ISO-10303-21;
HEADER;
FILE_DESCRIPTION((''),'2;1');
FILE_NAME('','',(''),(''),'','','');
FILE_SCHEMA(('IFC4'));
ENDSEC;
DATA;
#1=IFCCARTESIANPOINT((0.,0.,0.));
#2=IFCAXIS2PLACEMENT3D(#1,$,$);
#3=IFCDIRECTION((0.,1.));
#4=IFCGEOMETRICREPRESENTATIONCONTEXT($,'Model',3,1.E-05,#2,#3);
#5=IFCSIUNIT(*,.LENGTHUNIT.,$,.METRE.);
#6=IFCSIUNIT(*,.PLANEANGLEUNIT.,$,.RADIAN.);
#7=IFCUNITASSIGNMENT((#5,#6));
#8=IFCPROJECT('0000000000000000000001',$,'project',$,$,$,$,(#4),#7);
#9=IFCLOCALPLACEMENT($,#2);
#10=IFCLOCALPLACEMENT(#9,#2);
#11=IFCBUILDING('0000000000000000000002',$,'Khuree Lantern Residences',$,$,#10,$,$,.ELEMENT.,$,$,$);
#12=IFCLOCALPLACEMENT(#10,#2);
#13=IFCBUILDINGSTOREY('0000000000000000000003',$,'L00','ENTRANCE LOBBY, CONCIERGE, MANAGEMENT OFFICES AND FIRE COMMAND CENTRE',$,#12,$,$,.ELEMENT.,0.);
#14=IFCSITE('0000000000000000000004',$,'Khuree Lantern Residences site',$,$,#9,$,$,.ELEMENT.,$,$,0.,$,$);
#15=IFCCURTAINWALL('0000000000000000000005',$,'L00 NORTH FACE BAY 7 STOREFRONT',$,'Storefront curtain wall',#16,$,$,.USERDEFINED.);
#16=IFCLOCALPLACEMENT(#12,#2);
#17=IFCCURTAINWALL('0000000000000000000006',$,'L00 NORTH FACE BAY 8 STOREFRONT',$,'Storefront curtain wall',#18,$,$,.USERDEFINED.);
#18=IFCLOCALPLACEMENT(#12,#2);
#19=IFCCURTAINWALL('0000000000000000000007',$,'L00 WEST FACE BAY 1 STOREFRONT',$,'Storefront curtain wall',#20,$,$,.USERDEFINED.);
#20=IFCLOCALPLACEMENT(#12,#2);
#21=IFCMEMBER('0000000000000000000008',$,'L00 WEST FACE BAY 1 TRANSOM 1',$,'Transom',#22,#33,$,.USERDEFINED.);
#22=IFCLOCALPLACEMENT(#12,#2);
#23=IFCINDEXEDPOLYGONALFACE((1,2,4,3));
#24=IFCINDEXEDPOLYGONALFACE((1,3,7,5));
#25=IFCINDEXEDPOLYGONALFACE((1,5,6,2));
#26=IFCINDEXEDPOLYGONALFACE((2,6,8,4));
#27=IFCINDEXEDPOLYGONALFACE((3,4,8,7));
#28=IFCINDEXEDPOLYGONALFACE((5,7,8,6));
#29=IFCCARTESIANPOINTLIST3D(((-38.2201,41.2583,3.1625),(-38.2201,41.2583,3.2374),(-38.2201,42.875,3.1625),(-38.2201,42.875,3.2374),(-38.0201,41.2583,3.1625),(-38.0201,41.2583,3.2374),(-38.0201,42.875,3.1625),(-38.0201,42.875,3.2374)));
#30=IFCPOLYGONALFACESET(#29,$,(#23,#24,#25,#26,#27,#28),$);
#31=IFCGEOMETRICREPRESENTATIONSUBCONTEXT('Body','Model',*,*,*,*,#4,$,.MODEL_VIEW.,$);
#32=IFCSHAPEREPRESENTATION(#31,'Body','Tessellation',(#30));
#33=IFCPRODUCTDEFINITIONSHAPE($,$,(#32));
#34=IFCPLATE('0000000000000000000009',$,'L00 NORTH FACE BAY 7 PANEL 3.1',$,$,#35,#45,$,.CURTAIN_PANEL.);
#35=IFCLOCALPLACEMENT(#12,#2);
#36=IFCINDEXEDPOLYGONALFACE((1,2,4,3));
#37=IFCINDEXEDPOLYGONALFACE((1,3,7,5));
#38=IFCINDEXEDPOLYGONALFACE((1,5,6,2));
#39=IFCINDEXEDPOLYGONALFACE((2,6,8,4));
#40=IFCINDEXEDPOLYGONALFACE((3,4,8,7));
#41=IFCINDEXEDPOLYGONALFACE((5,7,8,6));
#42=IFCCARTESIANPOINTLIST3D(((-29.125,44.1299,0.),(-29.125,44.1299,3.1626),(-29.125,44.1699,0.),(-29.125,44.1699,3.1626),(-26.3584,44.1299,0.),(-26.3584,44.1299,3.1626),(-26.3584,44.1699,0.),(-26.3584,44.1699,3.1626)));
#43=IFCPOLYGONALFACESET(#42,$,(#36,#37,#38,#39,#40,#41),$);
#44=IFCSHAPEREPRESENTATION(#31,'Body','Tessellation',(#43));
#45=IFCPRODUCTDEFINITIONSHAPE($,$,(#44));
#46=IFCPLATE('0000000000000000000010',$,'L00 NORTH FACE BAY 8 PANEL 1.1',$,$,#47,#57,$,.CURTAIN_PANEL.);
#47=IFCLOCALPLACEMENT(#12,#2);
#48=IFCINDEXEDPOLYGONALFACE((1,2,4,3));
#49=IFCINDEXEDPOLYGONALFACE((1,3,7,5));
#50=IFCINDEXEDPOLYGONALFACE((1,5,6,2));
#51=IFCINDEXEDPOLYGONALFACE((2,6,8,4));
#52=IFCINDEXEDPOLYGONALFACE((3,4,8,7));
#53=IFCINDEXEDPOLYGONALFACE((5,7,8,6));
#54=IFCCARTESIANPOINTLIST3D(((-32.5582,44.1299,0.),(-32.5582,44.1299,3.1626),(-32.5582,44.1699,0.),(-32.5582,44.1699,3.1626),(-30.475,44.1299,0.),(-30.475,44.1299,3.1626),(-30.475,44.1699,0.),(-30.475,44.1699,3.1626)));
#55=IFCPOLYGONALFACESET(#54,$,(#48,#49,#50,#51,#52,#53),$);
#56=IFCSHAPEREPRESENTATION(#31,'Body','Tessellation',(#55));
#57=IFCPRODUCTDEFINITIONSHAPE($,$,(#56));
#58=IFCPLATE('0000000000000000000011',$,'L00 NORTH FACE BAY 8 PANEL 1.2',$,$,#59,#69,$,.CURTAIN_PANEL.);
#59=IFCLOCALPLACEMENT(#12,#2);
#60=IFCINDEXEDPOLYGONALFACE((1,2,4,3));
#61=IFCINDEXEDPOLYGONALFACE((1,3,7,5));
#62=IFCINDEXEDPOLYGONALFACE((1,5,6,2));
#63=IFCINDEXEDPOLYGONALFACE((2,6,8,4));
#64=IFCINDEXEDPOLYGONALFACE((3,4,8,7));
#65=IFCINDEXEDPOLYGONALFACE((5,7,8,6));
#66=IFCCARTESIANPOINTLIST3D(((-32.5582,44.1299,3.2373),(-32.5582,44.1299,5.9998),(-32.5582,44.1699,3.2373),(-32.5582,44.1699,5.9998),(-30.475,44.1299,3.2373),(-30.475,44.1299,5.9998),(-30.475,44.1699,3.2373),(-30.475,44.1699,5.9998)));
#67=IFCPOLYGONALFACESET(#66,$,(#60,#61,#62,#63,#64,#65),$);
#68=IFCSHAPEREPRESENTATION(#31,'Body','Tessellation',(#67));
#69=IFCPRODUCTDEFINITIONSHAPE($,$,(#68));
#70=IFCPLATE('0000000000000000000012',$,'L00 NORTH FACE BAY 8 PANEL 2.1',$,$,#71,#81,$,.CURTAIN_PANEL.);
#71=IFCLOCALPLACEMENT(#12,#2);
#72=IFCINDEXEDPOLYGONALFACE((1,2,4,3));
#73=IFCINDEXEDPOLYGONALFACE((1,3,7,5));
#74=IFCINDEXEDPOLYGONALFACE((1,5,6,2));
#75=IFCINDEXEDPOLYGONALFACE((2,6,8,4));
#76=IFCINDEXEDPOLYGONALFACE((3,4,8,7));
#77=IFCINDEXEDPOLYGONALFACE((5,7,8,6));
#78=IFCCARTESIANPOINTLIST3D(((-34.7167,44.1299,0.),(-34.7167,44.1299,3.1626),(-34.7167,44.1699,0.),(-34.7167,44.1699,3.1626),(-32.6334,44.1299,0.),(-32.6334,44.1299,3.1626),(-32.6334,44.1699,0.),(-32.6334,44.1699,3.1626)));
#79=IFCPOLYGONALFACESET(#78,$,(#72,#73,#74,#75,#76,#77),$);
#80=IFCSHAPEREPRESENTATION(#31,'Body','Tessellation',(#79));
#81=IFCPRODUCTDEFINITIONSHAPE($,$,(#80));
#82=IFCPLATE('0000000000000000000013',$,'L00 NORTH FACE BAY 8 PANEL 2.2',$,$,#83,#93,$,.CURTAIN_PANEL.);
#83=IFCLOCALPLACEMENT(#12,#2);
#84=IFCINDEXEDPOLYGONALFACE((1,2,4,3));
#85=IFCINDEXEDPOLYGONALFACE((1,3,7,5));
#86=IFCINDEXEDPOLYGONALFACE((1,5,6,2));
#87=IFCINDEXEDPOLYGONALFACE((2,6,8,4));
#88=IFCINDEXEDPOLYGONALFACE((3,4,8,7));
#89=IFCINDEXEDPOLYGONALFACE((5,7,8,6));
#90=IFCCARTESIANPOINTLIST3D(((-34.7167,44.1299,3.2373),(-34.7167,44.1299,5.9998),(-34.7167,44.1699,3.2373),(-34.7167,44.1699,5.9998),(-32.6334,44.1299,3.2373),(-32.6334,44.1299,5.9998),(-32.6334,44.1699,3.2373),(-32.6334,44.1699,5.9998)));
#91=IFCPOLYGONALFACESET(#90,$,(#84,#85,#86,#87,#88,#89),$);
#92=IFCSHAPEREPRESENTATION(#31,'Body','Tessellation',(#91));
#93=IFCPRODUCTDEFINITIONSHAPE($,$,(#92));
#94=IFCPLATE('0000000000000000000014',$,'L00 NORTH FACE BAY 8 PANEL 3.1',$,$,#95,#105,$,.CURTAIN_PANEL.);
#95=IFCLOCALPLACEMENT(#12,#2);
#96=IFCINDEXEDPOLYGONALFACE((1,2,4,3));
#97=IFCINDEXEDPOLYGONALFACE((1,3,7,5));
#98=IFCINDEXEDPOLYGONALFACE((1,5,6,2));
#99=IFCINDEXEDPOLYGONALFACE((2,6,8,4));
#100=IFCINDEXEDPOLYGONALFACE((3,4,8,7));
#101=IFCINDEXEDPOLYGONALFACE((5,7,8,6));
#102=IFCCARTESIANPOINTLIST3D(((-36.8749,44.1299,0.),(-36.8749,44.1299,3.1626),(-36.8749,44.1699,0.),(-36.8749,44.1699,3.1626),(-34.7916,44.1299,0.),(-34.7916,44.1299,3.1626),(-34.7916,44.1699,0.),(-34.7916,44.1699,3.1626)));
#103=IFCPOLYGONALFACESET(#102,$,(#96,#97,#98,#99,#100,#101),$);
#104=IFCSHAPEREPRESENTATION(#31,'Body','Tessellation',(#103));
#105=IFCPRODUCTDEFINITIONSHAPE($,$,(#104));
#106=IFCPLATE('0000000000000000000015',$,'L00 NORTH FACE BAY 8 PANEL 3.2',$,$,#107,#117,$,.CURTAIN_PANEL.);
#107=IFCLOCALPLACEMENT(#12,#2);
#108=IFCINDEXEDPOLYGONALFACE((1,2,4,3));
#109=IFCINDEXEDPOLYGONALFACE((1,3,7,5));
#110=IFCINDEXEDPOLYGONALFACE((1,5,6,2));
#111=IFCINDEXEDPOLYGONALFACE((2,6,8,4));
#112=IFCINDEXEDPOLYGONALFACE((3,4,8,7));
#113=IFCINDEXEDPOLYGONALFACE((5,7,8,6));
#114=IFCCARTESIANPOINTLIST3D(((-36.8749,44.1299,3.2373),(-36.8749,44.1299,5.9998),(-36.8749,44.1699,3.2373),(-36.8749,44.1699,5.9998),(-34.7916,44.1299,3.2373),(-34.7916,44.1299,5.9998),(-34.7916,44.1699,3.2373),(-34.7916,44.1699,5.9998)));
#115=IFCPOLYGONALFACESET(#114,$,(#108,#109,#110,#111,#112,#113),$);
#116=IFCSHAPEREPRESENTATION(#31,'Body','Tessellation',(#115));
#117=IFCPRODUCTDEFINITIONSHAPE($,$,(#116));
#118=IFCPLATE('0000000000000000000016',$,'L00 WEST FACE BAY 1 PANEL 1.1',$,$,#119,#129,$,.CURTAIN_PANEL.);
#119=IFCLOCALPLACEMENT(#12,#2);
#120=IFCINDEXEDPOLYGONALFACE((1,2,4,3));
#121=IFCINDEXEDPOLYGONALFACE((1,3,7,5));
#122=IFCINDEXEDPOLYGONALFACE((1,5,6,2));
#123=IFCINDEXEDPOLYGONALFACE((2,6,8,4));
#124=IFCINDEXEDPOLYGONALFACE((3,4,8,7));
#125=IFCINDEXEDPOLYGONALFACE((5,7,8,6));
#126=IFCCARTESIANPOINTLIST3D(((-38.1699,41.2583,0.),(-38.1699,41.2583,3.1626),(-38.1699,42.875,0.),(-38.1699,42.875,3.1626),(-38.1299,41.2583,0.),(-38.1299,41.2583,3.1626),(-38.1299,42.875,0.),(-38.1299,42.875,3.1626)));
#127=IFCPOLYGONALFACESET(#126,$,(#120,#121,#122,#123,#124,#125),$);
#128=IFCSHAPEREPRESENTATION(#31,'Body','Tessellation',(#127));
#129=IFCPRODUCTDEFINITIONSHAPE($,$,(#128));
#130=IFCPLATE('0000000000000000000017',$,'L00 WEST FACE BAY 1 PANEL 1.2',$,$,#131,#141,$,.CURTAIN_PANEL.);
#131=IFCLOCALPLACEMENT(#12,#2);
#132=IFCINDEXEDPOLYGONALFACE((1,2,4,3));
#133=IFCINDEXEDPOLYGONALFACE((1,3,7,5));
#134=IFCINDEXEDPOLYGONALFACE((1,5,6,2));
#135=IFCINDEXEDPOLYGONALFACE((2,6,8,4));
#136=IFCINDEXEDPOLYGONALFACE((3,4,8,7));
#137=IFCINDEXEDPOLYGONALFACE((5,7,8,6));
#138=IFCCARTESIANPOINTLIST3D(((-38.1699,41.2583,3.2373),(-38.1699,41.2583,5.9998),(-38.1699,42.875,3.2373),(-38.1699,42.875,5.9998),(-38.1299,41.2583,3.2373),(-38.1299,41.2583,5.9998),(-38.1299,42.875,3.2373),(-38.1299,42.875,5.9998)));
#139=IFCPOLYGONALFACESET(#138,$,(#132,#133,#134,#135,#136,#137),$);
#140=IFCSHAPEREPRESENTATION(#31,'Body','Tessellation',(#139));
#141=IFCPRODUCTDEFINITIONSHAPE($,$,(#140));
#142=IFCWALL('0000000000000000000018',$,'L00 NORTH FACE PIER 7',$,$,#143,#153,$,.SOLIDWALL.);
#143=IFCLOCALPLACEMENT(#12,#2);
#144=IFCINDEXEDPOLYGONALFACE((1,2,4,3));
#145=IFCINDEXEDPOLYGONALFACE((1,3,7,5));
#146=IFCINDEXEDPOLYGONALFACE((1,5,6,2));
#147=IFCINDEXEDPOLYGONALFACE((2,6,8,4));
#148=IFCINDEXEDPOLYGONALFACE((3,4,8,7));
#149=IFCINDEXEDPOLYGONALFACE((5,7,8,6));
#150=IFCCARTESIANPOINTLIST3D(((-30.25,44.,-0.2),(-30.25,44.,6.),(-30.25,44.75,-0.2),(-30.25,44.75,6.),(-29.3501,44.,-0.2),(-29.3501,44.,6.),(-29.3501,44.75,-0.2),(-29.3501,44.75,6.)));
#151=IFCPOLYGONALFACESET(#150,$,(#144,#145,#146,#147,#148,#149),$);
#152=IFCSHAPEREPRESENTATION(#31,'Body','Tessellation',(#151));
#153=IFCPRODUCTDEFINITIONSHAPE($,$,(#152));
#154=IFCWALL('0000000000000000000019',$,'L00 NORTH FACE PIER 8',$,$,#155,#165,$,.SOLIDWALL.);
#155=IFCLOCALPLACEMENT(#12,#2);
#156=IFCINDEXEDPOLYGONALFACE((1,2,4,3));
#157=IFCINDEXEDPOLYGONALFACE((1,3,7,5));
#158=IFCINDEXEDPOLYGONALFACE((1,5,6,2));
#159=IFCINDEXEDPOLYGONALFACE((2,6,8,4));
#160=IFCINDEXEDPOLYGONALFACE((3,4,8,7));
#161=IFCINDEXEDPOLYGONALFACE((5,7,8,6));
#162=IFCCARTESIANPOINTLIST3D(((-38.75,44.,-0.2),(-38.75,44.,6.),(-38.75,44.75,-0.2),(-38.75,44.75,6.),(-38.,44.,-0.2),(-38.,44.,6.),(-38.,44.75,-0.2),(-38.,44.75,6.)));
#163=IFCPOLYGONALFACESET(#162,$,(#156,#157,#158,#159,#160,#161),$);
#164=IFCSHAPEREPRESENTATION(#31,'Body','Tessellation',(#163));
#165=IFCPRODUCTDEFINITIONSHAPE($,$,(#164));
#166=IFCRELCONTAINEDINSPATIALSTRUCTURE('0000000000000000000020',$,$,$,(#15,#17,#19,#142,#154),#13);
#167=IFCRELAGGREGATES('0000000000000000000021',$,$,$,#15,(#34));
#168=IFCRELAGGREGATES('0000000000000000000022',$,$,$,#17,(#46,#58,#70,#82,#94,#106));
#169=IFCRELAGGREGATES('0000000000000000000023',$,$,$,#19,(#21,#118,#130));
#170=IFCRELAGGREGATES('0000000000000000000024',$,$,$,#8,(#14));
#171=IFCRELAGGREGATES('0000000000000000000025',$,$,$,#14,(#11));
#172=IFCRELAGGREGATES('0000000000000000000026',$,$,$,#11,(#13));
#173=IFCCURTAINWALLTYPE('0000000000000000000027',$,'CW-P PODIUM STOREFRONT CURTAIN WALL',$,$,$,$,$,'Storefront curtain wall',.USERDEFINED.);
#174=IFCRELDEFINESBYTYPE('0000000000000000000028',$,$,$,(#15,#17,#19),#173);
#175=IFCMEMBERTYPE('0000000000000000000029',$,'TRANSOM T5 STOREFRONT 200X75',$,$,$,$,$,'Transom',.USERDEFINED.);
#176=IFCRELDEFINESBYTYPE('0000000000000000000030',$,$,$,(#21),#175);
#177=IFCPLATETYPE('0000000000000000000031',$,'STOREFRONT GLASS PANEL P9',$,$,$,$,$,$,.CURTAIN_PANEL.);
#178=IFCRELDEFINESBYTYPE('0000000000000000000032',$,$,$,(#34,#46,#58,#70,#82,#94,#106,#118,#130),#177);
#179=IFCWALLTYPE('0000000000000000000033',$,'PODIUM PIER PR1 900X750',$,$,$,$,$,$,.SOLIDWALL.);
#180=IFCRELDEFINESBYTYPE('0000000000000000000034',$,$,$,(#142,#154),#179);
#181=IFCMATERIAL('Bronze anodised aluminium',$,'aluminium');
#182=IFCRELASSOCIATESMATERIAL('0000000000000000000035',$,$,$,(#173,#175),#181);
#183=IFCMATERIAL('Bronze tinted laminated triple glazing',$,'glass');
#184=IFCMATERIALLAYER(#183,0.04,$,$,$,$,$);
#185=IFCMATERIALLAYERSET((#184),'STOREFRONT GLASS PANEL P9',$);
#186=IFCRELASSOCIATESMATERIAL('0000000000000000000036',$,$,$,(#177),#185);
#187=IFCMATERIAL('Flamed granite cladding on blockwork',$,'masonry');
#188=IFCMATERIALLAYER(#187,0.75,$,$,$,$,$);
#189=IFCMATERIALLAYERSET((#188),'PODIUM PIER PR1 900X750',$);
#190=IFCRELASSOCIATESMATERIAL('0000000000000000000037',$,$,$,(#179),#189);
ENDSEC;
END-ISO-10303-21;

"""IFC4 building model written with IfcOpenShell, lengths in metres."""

from ifc_helpers import new_model, si_unit, direction, frame, frame_2d, origin, origin_2d, place, context, subcontext, project, spatial, rectangle, extrude, material, layer, layer_set, material_profile, profile_set, type_object, element, aggregate, save


model = new_model("IFC4")

# Units and contexts
model_context = context("Model", 3, precision=1e-05, world=origin(), true_north=direction((0.0, 1.0)))
body_context = subcontext(model_context, "Body", "Model", "MODEL_VIEW")
ifc_project = project(units=[si_unit("LENGTHUNIT", "METRE"), si_unit("PLANEANGLEUNIT", "RADIAN")], contexts=[model_context])

# Site, building, storey
site_placement = place(None, origin())
site = spatial("IfcSite", under=ifc_project, at=site_placement, Name="Khuree Lantern Residences site", CompositionType="ELEMENT", RefElevation=0.0)
building_placement = place(site_placement, origin())
building = spatial("IfcBuilding", under=site, at=building_placement, Name="Khuree Lantern Residences", CompositionType="ELEMENT")
storey_placement = place(building_placement, origin())
storey = spatial("IfcBuildingStorey", under=building, at=storey_placement, Name="L00", Description="ENTRANCE LOBBY, CONCIERGE, MANAGEMENT OFFICES AND FIRE COMMAND CENTRE", CompositionType="ELEMENT", Elevation=0.0)

# Curtain wall
ifc_material_1 = material(Name="Bronze anodised aluminium", Category="aluminium")
curtain_wall_type = type_object("IfcCurtainWallType", Name="CW-P PODIUM STOREFRONT CURTAIN WALL", ElementType="Storefront curtain wall", PredefinedType="USERDEFINED", material=ifc_material_1)
curtain_wall_1_placement = place(storey_placement, origin())
curtain_wall_1 = element("IfcCurtainWall", 1, at=curtain_wall_1_placement, inside=storey, type_object=curtain_wall_type, Name="L00 NORTH FACE BAY 7 STOREFRONT", ObjectType="Storefront curtain wall", PredefinedType="USERDEFINED")

# Curtain walls
curtain_wall_2_placement = place(storey_placement, origin())
curtain_wall_2 = element("IfcCurtainWall", 2, at=curtain_wall_2_placement, inside=storey, type_object=curtain_wall_type, Name="L00 NORTH FACE BAY 8 STOREFRONT", ObjectType="Storefront curtain wall", PredefinedType="USERDEFINED")
curtain_wall_3_placement = place(storey_placement, origin())
curtain_wall_3 = element("IfcCurtainWall", 3, at=curtain_wall_3_placement, inside=storey, type_object=curtain_wall_type, Name="L00 WEST FACE BAY 1 STOREFRONT", ObjectType="Storefront curtain wall", PredefinedType="USERDEFINED")

# Member
ifc_material_profile_1 = material_profile(ifc_material_1, rectangle(XDim=0.2, YDim=0.075, at=origin_2d()), Name="T5 200X75")
ifc_profile_set_1 = profile_set([ifc_material_profile_1], Name="Bronze anodised aluminium")
member_type_1 = type_object("IfcMemberType", Name="TRANSOM T5 STOREFRONT 200X75", ElementType="Transom", PredefinedType="USERDEFINED", material=ifc_profile_set_1)
member_1_placement = place(storey_placement, frame((-38.1201, 42.875, 3.2), z_axis=(0.0, -1.0, 0.0), x_axis=(1.0, 0.0, 0.0)))
member_1 = element("IfcMember", 4, at=member_1_placement, type_object=member_type_1, Name="L00 WEST FACE BAY 1 TRANSOM 1", ObjectType="Transom", PredefinedType="USERDEFINED", context=body_context, shape_type="SweptSolid", body=[
    extrude(rectangle(XDim=0.2, YDim=0.075, at=origin_2d()), origin(), (0.0, 0.0, 1.0), 1.6167),
])

# Plates
ifc_material_2 = material(Name="Bronze tinted laminated triple glazing", Category="glass")
ifc_layer_1 = layer(ifc_material_2, 0.04)
ifc_layer_set_1 = layer_set([ifc_layer_1], Name="STOREFRONT GLASS PANEL P9")
plate_type = type_object("IfcPlateType", Name="STOREFRONT GLASS PANEL P9", PredefinedType="CURTAIN_PANEL", material=ifc_layer_set_1)
plate_1_placement = place(storey_placement, frame((-27.7417, 44.1499, 0.0), z_axis=(0.0, 0.0, 1.0), x_axis=(-1.0, 0.0, 0.0)))
plate_1 = element("IfcPlate", 5, at=plate_1_placement, type_object=plate_type, Name="L00 NORTH FACE BAY 7 PANEL 3.1", PredefinedType="CURTAIN_PANEL", context=body_context, shape_type="SweptSolid", body=[
    extrude(rectangle(XDim=2.7666, YDim=0.04, at=origin_2d()), origin(), (0.0, 0.0, 1.0), 3.1626),
])
aggregate(curtain_wall_1, [plate_1])
plate_2_placement = place(storey_placement, frame((-31.5166, 44.1499, 0.0), z_axis=(0.0, 0.0, 1.0), x_axis=(-1.0, 0.0, 0.0)))
plate_2 = element("IfcPlate", 6, at=plate_2_placement, type_object=plate_type, Name="L00 NORTH FACE BAY 8 PANEL 1.1", PredefinedType="CURTAIN_PANEL", context=body_context, shape_type="SweptSolid", body=[
    extrude(rectangle(XDim=2.0833, YDim=0.04, at=origin_2d()), origin(), (0.0, 0.0, 1.0), 3.1626),
])
plate_3_placement = place(storey_placement, frame((-31.5166, 44.1499, 3.2373), z_axis=(0.0, 0.0, 1.0), x_axis=(-1.0, 0.0, 0.0)))
plate_3 = element("IfcPlate", 7, at=plate_3_placement, type_object=plate_type, Name="L00 NORTH FACE BAY 8 PANEL 1.2", PredefinedType="CURTAIN_PANEL", context=body_context, shape_type="SweptSolid", body=[
    extrude(rectangle(XDim=2.0833, YDim=0.04, at=origin_2d()), origin(), (0.0, 0.0, 1.0), 2.7625),
])
plate_4_placement = place(storey_placement, frame((-33.675, 44.1499, 0.0), z_axis=(0.0, 0.0, 1.0), x_axis=(-1.0, 0.0, 0.0)))
plate_4 = element("IfcPlate", 8, at=plate_4_placement, type_object=plate_type, Name="L00 NORTH FACE BAY 8 PANEL 2.1", PredefinedType="CURTAIN_PANEL", context=body_context, shape_type="SweptSolid", body=[
    extrude(rectangle(XDim=2.0833, YDim=0.04, at=origin_2d()), origin(), (0.0, 0.0, 1.0), 3.1626),
])
plate_5_placement = place(storey_placement, frame((-33.675, 44.1499, 3.2373), z_axis=(0.0, 0.0, 1.0), x_axis=(-1.0, 0.0, 0.0)))
plate_5 = element("IfcPlate", 9, at=plate_5_placement, type_object=plate_type, Name="L00 NORTH FACE BAY 8 PANEL 2.2", PredefinedType="CURTAIN_PANEL", context=body_context, shape_type="SweptSolid", body=[
    extrude(rectangle(XDim=2.0833, YDim=0.04, at=origin_2d()), origin(), (0.0, 0.0, 1.0), 2.7625),
])
plate_6_placement = place(storey_placement, frame((-35.8333, 44.1499, 0.0), z_axis=(0.0, 0.0, 1.0), x_axis=(-1.0, 0.0, 0.0)))
plate_6 = element("IfcPlate", 10, at=plate_6_placement, type_object=plate_type, Name="L00 NORTH FACE BAY 8 PANEL 3.1", PredefinedType="CURTAIN_PANEL", context=body_context, shape_type="SweptSolid", body=[
    extrude(rectangle(XDim=2.0833, YDim=0.04, at=origin_2d()), origin(), (0.0, 0.0, 1.0), 3.1626),
])
plate_7_placement = place(storey_placement, frame((-35.8333, 44.1499, 3.2373), z_axis=(0.0, 0.0, 1.0), x_axis=(-1.0, 0.0, 0.0)))
plate_7 = element("IfcPlate", 11, at=plate_7_placement, type_object=plate_type, Name="L00 NORTH FACE BAY 8 PANEL 3.2", PredefinedType="CURTAIN_PANEL", context=body_context, shape_type="SweptSolid", body=[
    extrude(rectangle(XDim=2.0833, YDim=0.04, at=origin_2d()), origin(), (0.0, 0.0, 1.0), 2.7625),
])
aggregate(curtain_wall_2, [plate_2, plate_3, plate_4, plate_5, plate_6, plate_7])
plate_8_placement = place(storey_placement, frame((-38.1499, 42.0667, 0.0), z_axis=(0.0, 0.0, 1.0), x_axis=(0.0, -1.0, 0.0)))
plate_8 = element("IfcPlate", 12, at=plate_8_placement, type_object=plate_type, Name="L00 WEST FACE BAY 1 PANEL 1.1", PredefinedType="CURTAIN_PANEL", context=body_context, shape_type="SweptSolid", body=[
    extrude(rectangle(XDim=1.6167, YDim=0.04, at=origin_2d()), origin(), (0.0, 0.0, 1.0), 3.1626),
])
plate_9_placement = place(storey_placement, frame((-38.1499, 42.0667, 3.2373), z_axis=(0.0, 0.0, 1.0), x_axis=(0.0, -1.0, 0.0)))
plate_9 = element("IfcPlate", 13, at=plate_9_placement, type_object=plate_type, Name="L00 WEST FACE BAY 1 PANEL 1.2", PredefinedType="CURTAIN_PANEL", context=body_context, shape_type="SweptSolid", body=[
    extrude(rectangle(XDim=1.6167, YDim=0.04, at=origin_2d()), origin(), (0.0, 0.0, 1.0), 2.7625),
])
aggregate(curtain_wall_3, [member_1, plate_8, plate_9])

# Walls
ifc_material_3 = material(Name="Flamed granite cladding on blockwork", Category="masonry")
ifc_layer_2 = layer(ifc_material_3, 0.75)
ifc_layer_set_2 = layer_set([ifc_layer_2], Name="PODIUM PIER PR1 900X750")
wall_type = type_object("IfcWallType", Name="PODIUM PIER PR1 900X750", PredefinedType="SOLIDWALL", material=ifc_layer_set_2)
wall_1_placement = place(storey_placement, frame((-29.3501, 44.375, -0.2), z_axis=(0.0, 0.0, 1.0), x_axis=(-1.0, 0.0, 0.0)))
element("IfcWall", 14, at=wall_1_placement, inside=storey, type_object=wall_type, Name="L00 NORTH FACE PIER 7", PredefinedType="SOLIDWALL", context=body_context, shape_type="SweptSolid", body=[
    extrude(rectangle(XDim=0.8999, YDim=0.75, at=frame_2d((0.45, 0.0))), origin(), (0.0, 0.0, 1.0), 6.2),
])
wall_2_placement = place(storey_placement, frame((-38.0, 44.375, -0.2), z_axis=(0.0, 0.0, 1.0), x_axis=(-1.0, 0.0, 0.0)))
element("IfcWall", 15, at=wall_2_placement, inside=storey, type_object=wall_type, Name="L00 NORTH FACE PIER 8", PredefinedType="SOLIDWALL", context=body_context, shape_type="SweptSolid", body=[
    extrude(rectangle(XDim=0.75, YDim=0.75, at=frame_2d((0.375, 0.0))), origin(), (0.0, 0.0, 1.0), 6.2),
])

save(model, "model.ifc")
